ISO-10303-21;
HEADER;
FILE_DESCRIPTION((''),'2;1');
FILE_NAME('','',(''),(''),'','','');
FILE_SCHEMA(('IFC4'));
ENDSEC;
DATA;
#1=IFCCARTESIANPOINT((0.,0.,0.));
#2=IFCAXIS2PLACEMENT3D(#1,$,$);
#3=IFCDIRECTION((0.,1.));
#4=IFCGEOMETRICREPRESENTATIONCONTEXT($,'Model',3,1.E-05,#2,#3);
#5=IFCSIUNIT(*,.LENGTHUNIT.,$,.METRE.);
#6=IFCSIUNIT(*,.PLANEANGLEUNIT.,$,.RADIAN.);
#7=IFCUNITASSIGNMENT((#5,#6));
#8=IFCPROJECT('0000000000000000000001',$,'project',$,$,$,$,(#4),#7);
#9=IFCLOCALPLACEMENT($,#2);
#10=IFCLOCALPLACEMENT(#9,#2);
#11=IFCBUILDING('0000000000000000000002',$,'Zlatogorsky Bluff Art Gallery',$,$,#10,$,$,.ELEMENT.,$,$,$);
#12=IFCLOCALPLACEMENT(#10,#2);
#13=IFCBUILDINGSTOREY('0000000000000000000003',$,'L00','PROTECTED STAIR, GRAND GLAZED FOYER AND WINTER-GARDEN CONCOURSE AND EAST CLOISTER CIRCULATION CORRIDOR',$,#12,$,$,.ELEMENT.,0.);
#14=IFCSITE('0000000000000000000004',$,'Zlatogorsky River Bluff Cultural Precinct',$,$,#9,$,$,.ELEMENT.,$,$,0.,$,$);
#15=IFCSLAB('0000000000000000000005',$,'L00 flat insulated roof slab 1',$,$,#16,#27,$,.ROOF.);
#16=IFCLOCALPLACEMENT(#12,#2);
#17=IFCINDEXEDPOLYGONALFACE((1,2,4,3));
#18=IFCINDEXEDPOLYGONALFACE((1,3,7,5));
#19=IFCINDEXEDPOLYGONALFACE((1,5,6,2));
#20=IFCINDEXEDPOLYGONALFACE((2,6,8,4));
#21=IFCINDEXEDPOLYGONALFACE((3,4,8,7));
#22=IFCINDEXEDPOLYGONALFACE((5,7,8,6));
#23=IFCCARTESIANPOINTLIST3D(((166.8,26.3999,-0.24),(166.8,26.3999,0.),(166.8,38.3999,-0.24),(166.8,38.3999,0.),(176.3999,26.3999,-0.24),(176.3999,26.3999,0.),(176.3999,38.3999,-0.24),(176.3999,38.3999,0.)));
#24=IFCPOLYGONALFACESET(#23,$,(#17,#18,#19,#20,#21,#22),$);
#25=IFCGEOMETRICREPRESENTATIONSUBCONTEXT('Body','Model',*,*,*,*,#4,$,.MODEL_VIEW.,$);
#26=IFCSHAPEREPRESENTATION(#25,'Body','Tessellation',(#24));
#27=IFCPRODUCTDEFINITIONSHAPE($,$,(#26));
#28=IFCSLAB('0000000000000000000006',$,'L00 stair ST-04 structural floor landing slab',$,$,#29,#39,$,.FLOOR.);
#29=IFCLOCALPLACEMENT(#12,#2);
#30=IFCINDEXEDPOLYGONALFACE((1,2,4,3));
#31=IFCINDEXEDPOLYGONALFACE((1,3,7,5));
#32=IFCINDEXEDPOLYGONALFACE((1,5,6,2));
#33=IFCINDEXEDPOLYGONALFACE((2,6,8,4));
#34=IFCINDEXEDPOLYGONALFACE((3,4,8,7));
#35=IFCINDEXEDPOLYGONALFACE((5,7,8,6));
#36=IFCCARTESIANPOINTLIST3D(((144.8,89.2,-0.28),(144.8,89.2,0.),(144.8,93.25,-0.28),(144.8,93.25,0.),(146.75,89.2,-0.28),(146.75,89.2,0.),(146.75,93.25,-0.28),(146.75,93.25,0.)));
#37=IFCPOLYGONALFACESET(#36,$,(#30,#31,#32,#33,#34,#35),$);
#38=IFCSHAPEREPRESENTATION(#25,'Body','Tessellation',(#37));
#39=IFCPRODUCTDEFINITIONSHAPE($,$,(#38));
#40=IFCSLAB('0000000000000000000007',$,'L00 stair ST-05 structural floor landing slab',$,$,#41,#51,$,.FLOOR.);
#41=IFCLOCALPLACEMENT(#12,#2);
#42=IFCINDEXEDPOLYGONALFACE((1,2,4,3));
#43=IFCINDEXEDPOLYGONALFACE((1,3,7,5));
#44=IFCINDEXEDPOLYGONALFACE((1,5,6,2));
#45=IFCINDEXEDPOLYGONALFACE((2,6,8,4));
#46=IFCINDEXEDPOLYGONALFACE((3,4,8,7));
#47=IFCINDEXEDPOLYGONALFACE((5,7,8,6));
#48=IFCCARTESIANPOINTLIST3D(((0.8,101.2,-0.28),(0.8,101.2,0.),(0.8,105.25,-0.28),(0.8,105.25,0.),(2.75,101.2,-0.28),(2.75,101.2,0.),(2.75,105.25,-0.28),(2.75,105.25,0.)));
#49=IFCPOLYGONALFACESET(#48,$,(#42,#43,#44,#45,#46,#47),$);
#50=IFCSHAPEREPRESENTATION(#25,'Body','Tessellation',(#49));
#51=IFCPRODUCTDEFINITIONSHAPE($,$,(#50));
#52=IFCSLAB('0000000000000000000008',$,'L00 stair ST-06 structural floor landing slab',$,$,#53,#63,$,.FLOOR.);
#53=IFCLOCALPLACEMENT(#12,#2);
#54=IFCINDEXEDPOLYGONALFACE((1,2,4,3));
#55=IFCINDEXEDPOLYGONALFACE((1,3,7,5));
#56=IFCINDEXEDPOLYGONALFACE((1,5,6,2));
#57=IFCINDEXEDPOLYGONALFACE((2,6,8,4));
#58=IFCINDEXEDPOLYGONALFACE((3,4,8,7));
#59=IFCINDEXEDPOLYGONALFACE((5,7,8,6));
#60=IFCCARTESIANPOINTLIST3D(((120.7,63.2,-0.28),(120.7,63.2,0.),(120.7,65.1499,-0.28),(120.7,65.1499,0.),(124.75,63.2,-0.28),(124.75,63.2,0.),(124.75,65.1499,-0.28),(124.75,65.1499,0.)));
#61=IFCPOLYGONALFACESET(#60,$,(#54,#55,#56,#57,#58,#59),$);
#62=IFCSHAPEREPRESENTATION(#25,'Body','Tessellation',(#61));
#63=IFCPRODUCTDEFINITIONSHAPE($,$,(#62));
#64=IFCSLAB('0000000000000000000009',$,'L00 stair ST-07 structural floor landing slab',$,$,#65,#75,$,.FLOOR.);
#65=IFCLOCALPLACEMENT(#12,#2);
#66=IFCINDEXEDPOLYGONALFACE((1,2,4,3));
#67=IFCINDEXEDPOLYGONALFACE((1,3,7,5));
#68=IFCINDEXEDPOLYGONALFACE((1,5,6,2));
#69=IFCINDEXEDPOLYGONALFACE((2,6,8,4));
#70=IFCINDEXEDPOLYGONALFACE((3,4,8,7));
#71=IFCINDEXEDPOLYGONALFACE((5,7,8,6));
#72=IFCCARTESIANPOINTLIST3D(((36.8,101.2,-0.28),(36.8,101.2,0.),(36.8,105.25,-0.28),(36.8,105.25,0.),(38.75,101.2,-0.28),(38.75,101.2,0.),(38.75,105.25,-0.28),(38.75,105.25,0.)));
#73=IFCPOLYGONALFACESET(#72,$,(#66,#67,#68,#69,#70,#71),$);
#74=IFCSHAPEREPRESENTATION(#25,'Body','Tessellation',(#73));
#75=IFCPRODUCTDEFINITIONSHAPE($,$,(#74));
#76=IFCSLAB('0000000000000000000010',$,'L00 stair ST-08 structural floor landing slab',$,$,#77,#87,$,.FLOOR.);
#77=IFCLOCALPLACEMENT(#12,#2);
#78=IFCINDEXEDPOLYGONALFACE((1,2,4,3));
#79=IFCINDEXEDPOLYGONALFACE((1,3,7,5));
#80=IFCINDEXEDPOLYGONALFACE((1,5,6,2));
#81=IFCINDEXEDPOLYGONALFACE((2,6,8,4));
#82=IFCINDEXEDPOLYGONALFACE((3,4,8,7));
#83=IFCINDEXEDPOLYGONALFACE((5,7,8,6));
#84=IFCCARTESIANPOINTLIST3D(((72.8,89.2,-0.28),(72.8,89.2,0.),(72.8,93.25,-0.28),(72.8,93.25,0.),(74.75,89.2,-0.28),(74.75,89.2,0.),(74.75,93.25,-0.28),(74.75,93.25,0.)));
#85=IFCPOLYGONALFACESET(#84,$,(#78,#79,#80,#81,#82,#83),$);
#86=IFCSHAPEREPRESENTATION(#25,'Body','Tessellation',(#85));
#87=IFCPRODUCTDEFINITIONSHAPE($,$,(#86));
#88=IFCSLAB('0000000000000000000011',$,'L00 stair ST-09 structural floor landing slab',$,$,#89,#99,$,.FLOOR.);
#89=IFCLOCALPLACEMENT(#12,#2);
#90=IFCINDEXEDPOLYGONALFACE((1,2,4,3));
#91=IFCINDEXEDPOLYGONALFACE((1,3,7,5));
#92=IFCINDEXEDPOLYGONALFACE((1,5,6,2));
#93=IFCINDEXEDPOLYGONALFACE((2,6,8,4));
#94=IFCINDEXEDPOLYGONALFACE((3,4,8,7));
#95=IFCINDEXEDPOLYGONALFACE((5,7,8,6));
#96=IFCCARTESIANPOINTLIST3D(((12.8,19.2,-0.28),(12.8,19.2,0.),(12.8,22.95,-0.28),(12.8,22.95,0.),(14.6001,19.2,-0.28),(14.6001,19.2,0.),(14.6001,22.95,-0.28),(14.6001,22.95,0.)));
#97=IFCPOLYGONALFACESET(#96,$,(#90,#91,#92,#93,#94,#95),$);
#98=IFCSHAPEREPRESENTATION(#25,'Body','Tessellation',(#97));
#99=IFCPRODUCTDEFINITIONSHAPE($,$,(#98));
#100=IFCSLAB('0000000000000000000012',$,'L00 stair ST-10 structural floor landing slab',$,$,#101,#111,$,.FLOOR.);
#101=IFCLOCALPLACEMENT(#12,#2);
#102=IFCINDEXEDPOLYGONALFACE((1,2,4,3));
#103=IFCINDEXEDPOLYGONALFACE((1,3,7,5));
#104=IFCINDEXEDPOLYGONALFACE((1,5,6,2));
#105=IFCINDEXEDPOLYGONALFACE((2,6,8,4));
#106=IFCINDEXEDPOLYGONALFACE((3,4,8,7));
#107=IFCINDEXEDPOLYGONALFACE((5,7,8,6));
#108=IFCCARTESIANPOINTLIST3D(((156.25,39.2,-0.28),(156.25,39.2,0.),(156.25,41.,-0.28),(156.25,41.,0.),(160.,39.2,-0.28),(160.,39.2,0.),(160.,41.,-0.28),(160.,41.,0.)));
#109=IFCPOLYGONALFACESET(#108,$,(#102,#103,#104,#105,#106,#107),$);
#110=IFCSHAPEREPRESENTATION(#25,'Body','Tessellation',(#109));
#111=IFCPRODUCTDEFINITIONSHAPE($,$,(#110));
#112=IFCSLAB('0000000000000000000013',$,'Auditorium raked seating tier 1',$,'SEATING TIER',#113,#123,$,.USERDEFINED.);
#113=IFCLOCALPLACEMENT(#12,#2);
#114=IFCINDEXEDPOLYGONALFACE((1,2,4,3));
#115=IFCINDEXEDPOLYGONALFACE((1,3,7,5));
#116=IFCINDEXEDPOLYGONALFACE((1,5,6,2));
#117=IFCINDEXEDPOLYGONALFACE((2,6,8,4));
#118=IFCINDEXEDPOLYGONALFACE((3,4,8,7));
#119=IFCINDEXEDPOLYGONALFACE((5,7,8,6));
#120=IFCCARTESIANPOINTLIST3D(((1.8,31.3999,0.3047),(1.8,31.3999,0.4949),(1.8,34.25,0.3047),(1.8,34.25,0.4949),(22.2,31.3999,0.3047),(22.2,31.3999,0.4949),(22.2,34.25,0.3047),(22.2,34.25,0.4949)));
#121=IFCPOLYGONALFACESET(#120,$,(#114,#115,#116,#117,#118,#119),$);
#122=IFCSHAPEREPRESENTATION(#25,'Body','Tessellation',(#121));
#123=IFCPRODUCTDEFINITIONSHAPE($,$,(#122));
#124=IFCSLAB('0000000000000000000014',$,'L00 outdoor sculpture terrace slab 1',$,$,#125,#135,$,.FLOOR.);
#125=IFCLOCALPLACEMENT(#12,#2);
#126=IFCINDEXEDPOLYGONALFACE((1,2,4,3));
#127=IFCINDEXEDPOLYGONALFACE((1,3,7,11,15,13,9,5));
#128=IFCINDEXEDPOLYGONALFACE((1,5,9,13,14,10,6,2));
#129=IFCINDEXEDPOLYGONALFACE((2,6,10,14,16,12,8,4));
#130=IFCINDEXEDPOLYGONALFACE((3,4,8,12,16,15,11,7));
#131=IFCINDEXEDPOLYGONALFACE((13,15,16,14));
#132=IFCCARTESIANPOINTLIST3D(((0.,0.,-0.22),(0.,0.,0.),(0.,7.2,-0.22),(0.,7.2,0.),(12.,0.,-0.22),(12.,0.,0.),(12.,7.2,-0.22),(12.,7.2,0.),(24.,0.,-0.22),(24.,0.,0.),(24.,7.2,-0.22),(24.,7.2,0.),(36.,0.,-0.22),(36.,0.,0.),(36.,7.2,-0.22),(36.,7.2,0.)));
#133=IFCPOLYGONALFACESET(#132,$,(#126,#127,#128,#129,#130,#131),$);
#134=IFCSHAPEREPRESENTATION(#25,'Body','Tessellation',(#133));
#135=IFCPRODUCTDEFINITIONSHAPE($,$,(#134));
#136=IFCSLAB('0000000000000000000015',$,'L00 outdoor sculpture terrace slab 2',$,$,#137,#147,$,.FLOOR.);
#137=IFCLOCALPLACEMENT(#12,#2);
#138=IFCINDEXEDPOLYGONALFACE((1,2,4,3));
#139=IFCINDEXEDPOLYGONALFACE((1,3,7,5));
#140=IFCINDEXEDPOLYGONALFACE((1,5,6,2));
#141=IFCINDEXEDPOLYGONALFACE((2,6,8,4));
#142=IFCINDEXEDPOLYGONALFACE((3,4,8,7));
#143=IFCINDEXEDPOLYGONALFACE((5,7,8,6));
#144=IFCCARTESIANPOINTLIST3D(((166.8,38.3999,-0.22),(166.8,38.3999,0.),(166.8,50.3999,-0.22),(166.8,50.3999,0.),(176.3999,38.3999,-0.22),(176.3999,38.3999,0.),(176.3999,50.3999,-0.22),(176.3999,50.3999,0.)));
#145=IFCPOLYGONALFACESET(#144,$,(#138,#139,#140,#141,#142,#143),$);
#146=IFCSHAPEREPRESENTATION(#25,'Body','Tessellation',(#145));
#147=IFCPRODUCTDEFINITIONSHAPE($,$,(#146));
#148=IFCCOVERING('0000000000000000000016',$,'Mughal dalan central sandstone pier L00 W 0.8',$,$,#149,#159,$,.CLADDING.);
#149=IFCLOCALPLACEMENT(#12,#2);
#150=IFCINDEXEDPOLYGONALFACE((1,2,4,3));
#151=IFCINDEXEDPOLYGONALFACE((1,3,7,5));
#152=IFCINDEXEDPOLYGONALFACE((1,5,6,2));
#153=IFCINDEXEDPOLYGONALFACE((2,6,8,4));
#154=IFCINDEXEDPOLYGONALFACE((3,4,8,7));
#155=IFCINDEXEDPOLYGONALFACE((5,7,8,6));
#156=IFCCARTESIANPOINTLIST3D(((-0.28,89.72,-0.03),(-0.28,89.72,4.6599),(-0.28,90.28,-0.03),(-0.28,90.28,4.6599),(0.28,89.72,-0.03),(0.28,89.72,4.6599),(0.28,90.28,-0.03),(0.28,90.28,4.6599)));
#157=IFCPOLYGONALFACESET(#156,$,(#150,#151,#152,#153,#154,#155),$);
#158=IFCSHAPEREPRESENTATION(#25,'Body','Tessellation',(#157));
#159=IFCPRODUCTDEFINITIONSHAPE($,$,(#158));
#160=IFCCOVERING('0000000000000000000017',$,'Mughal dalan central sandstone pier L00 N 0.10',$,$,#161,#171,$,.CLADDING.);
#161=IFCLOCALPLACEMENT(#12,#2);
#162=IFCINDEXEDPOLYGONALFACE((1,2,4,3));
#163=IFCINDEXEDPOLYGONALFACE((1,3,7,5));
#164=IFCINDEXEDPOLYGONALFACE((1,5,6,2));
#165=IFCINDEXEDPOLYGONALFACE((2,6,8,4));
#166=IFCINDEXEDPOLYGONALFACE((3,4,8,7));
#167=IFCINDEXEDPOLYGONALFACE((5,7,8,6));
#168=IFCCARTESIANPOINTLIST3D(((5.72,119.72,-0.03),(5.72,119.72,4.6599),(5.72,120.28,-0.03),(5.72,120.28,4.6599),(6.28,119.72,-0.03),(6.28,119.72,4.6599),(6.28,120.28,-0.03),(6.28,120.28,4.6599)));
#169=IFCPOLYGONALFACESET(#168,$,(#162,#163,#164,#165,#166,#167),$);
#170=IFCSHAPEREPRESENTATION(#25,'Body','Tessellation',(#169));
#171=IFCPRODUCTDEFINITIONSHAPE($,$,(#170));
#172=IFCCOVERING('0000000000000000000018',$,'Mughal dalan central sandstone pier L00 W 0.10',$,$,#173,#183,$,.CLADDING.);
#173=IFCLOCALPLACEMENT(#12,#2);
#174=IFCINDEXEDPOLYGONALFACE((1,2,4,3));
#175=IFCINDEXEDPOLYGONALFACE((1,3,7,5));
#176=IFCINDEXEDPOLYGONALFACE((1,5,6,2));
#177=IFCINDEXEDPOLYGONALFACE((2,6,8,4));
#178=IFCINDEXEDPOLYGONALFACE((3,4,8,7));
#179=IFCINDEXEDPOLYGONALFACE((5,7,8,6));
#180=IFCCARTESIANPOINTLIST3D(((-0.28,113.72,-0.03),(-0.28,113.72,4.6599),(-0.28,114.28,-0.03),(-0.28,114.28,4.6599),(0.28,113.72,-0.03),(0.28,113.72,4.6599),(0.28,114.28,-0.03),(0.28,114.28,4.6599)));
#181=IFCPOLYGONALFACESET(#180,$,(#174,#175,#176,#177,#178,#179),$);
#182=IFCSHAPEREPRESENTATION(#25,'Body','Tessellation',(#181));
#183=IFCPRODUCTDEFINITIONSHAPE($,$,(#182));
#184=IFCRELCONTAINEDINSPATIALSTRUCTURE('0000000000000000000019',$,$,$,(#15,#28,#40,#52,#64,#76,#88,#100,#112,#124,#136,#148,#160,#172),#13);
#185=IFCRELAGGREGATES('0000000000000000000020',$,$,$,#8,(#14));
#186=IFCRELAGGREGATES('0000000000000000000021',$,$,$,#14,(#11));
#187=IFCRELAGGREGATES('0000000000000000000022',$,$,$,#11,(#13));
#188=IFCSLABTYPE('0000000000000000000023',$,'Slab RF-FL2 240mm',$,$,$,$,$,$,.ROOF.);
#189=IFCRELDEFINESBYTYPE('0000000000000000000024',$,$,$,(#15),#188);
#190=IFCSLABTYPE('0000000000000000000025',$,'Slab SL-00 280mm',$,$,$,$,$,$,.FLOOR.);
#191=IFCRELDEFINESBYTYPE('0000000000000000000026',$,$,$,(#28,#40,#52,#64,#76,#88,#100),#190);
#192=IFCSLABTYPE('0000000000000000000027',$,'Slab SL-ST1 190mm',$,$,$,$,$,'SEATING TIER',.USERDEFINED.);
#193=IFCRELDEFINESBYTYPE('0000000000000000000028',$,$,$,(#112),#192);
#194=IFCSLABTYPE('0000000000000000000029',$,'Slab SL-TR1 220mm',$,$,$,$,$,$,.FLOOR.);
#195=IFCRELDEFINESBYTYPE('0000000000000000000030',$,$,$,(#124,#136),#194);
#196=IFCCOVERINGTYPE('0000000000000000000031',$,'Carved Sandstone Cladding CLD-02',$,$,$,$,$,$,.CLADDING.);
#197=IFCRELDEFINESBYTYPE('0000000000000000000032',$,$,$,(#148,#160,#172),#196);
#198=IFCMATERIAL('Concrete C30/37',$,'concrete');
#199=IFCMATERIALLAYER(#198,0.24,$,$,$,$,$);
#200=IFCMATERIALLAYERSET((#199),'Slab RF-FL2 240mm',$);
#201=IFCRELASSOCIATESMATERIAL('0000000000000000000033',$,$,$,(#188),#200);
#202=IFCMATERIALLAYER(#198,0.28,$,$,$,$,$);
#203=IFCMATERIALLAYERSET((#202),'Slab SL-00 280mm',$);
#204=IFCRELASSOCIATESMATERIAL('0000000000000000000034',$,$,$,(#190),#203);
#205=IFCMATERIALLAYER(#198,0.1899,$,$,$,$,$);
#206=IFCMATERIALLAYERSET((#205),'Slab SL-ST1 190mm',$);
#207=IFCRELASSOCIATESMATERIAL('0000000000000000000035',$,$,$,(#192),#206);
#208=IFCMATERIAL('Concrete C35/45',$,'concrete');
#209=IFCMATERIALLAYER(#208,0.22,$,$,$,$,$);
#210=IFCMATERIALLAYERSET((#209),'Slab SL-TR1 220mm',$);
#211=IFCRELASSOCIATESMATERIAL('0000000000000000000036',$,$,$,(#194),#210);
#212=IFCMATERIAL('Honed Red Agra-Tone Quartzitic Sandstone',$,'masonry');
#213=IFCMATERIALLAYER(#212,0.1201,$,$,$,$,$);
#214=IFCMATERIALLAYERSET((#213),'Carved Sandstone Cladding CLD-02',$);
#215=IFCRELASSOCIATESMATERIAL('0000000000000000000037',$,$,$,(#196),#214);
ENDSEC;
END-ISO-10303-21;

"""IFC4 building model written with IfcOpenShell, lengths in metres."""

from ifc_helpers import new_model, si_unit, direction, frame, origin, place, context, subcontext, project, spatial, polyline, outline, extrude, material, layer, layer_set, type_object, element, save


model = new_model("IFC4")

# Units and contexts
model_context = context("Model", 3, precision=1e-05, world=origin(), true_north=direction((0.0, 1.0)))
body_context = subcontext(model_context, "Body", "Model", "MODEL_VIEW")
ifc_project = project(units=[si_unit("LENGTHUNIT", "METRE"), si_unit("PLANEANGLEUNIT", "RADIAN")], contexts=[model_context])

# Site, building, storey
site_placement = place(None, origin())
site = spatial("IfcSite", under=ifc_project, at=site_placement, Name="Zlatogorsky River Bluff Cultural Precinct", CompositionType="ELEMENT", RefElevation=0.0)
building_placement = place(site_placement, origin())
building = spatial("IfcBuilding", under=site, at=building_placement, Name="Zlatogorsky Bluff Art Gallery", CompositionType="ELEMENT")
storey_placement = place(building_placement, origin())
storey = spatial("IfcBuildingStorey", under=building, at=storey_placement, Name="L00", Description="PROTECTED STAIR, GRAND GLAZED FOYER AND WINTER-GARDEN CONCOURSE AND EAST CLOISTER CIRCULATION CORRIDOR", CompositionType="ELEMENT", Elevation=0.0)

# Slabs
ifc_material_1 = material(Name="Concrete C30/37", Category="concrete")
ifc_layer_1 = layer(ifc_material_1, 0.24)
ifc_layer_set_1 = layer_set([ifc_layer_1], Name="Slab RF-FL2 240mm")
slab_type_1 = type_object("IfcSlabType", Name="Slab RF-FL2 240mm", PredefinedType="ROOF", material=ifc_layer_set_1)
slab_1_placement = place(storey_placement, frame((0.0, 0.0, -0.24)))
element("IfcSlab", 1, at=slab_1_placement, inside=storey, type_object=slab_type_1, Name="L00 flat insulated roof slab 1", PredefinedType="ROOF", context=body_context, shape_type="SweptSolid", body=[
    extrude(outline(polyline([(176.3999, 26.3999), (176.3999, 38.3999), (166.8, 38.3999), (166.8, 26.3999), (176.3999, 26.3999)])), origin(), (0.0, 0.0, 1.0), 0.24),
])
ifc_layer_2 = layer(ifc_material_1, 0.28)
ifc_layer_set_2 = layer_set([ifc_layer_2], Name="Slab SL-00 280mm")
slab_type_2 = type_object("IfcSlabType", Name="Slab SL-00 280mm", PredefinedType="FLOOR", material=ifc_layer_set_2)
slab_2_placement = place(storey_placement, frame((0.0, 0.0, -0.28)))
element("IfcSlab", 2, at=slab_2_placement, inside=storey, type_object=slab_type_2, Name="L00 stair ST-04 structural floor landing slab", PredefinedType="FLOOR", context=body_context, shape_type="SweptSolid", body=[
    extrude(outline(polyline([(144.8, 89.2), (146.75, 89.2), (146.75, 93.25), (144.8, 93.25), (144.8, 89.2)])), origin(), (0.0, 0.0, 1.0), 0.28),
])
slab_3_placement = place(storey_placement, frame((0.0, 0.0, -0.28)))
element("IfcSlab", 3, at=slab_3_placement, inside=storey, type_object=slab_type_2, Name="L00 stair ST-05 structural floor landing slab", PredefinedType="FLOOR", context=body_context, shape_type="SweptSolid", body=[
    extrude(outline(polyline([(0.8, 101.2), (2.75, 101.2), (2.75, 105.25), (0.8, 105.25), (0.8, 101.2)])), origin(), (0.0, 0.0, 1.0), 0.28),
])
slab_4_placement = place(storey_placement, frame((0.0, 0.0, -0.28)))
element("IfcSlab", 4, at=slab_4_placement, inside=storey, type_object=slab_type_2, Name="L00 stair ST-06 structural floor landing slab", PredefinedType="FLOOR", context=body_context, shape_type="SweptSolid", body=[
    extrude(outline(polyline([(124.75, 63.2), (124.75, 65.1499), (120.7, 65.1499), (120.7, 63.2), (124.75, 63.2)])), origin(), (0.0, 0.0, 1.0), 0.28),
])
slab_5_placement = place(storey_placement, frame((0.0, 0.0, -0.28)))
element("IfcSlab", 5, at=slab_5_placement, inside=storey, type_object=slab_type_2, Name="L00 stair ST-07 structural floor landing slab", PredefinedType="FLOOR", context=body_context, shape_type="SweptSolid", body=[
    extrude(outline(polyline([(36.8, 101.2), (38.75, 101.2), (38.75, 105.25), (36.8, 105.25), (36.8, 101.2)])), origin(), (0.0, 0.0, 1.0), 0.28),
])
slab_6_placement = place(storey_placement, frame((0.0, 0.0, -0.28)))
element("IfcSlab", 6, at=slab_6_placement, inside=storey, type_object=slab_type_2, Name="L00 stair ST-08 structural floor landing slab", PredefinedType="FLOOR", context=body_context, shape_type="SweptSolid", body=[
    extrude(outline(polyline([(72.8, 89.2), (74.75, 89.2), (74.75, 93.25), (72.8, 93.25), (72.8, 89.2)])), origin(), (0.0, 0.0, 1.0), 0.28),
])
slab_7_placement = place(storey_placement, frame((0.0, 0.0, -0.28)))
element("IfcSlab", 7, at=slab_7_placement, inside=storey, type_object=slab_type_2, Name="L00 stair ST-09 structural floor landing slab", PredefinedType="FLOOR", context=body_context, shape_type="SweptSolid", body=[
    extrude(outline(polyline([(12.8, 19.2), (14.6001, 19.2), (14.6001, 22.95), (12.8, 22.95), (12.8, 19.2)])), origin(), (0.0, 0.0, 1.0), 0.28),
])
slab_8_placement = place(storey_placement, frame((0.0, 0.0, -0.28)))
element("IfcSlab", 8, at=slab_8_placement, inside=storey, type_object=slab_type_2, Name="L00 stair ST-10 structural floor landing slab", PredefinedType="FLOOR", context=body_context, shape_type="SweptSolid", body=[
    extrude(outline(polyline([(160.0, 39.2), (160.0, 41.0), (156.25, 41.0), (156.25, 39.2), (160.0, 39.2)])), origin(), (0.0, 0.0, 1.0), 0.28),
])
ifc_layer_3 = layer(ifc_material_1, 0.1899)
ifc_layer_set_3 = layer_set([ifc_layer_3], Name="Slab SL-ST1 190mm")
slab_type_3 = type_object("IfcSlabType", Name="Slab SL-ST1 190mm", ElementType="SEATING TIER", PredefinedType="USERDEFINED", material=ifc_layer_set_3)
slab_9_placement = place(storey_placement, frame((0.0, 0.0, 0.3047)))
element("IfcSlab", 9, at=slab_9_placement, inside=storey, type_object=slab_type_3, Name="Auditorium raked seating tier 1", ObjectType="SEATING TIER", PredefinedType="USERDEFINED", context=body_context, shape_type="SweptSolid", body=[
    extrude(outline(polyline([(1.8, 31.3999), (22.2, 31.3999), (22.2, 34.25), (1.8, 34.25), (1.8, 31.3999)])), origin(), (0.0, 0.0, 1.0), 0.1902),
])
ifc_material_2 = material(Name="Concrete C35/45", Category="concrete")
ifc_layer_4 = layer(ifc_material_2, 0.22)
ifc_layer_set_4 = layer_set([ifc_layer_4], Name="Slab SL-TR1 220mm")
slab_type_4 = type_object("IfcSlabType", Name="Slab SL-TR1 220mm", PredefinedType="FLOOR", material=ifc_layer_set_4)
slab_10_placement = place(storey_placement, frame((0.0, 0.0, -0.22)))
element("IfcSlab", 10, at=slab_10_placement, inside=storey, type_object=slab_type_4, Name="L00 outdoor sculpture terrace slab 1", PredefinedType="FLOOR", context=body_context, shape_type="SweptSolid", body=[
    extrude(outline(polyline([(0.0, 7.2), (12.0, 7.2), (24.0, 7.2), (36.0, 7.2), (36.0, 0.0), (24.0, 0.0), (12.0, 0.0), (0.0, 0.0), (0.0, 7.2)])), origin(), (0.0, 0.0, 1.0), 0.22),
])
slab_11_placement = place(storey_placement, frame((0.0, 0.0, -0.22)))
element("IfcSlab", 11, at=slab_11_placement, inside=storey, type_object=slab_type_4, Name="L00 outdoor sculpture terrace slab 2", PredefinedType="FLOOR", context=body_context, shape_type="SweptSolid", body=[
    extrude(outline(polyline([(166.8, 50.3999), (176.3999, 50.3999), (176.3999, 38.3999), (166.8, 38.3999), (166.8, 50.3999)])), origin(), (0.0, 0.0, 1.0), 0.22),
])

# Coverings
ifc_material_3 = material(Name="Honed Red Agra-Tone Quartzitic Sandstone", Category="masonry")
ifc_layer_5 = layer(ifc_material_3, 0.1201)
ifc_layer_set_5 = layer_set([ifc_layer_5], Name="Carved Sandstone Cladding CLD-02")
covering_type_1 = type_object("IfcCoveringType", Name="Carved Sandstone Cladding CLD-02", PredefinedType="CLADDING", material=ifc_layer_set_5)
covering_1_placement = place(storey_placement, frame((0.0, 0.0, -0.03)))
element("IfcCovering", 12, at=covering_1_placement, inside=storey, type_object=covering_type_1, Name="Mughal dalan central sandstone pier L00 W 0.8", PredefinedType="CLADDING", context=body_context, shape_type="SweptSolid", body=[
    extrude(outline(polyline([(-0.28, 89.72), (0.28, 89.72), (0.28, 90.28), (-0.28, 90.28), (-0.28, 89.72)])), origin(), (0.0, 0.0, 1.0), 4.6899),
])
covering_2_placement = place(storey_placement, frame((0.0, 0.0, -0.03)))
element("IfcCovering", 13, at=covering_2_placement, inside=storey, type_object=covering_type_1, Name="Mughal dalan central sandstone pier L00 N 0.10", PredefinedType="CLADDING", context=body_context, shape_type="SweptSolid", body=[
    extrude(outline(polyline([(5.72, 119.72), (6.28, 119.72), (6.28, 120.28), (5.72, 120.28), (5.72, 119.72)])), origin(), (0.0, 0.0, 1.0), 4.6899),
])
covering_3_placement = place(storey_placement, frame((0.0, 0.0, -0.03)))
element("IfcCovering", 14, at=covering_3_placement, inside=storey, type_object=covering_type_1, Name="Mughal dalan central sandstone pier L00 W 0.10", PredefinedType="CLADDING", context=body_context, shape_type="SweptSolid", body=[
    extrude(outline(polyline([(-0.28, 113.72), (0.28, 113.72), (0.28, 114.28), (-0.28, 114.28), (-0.28, 113.72)])), origin(), (0.0, 0.0, 1.0), 4.6899),
])

save(model, "model.ifc")
